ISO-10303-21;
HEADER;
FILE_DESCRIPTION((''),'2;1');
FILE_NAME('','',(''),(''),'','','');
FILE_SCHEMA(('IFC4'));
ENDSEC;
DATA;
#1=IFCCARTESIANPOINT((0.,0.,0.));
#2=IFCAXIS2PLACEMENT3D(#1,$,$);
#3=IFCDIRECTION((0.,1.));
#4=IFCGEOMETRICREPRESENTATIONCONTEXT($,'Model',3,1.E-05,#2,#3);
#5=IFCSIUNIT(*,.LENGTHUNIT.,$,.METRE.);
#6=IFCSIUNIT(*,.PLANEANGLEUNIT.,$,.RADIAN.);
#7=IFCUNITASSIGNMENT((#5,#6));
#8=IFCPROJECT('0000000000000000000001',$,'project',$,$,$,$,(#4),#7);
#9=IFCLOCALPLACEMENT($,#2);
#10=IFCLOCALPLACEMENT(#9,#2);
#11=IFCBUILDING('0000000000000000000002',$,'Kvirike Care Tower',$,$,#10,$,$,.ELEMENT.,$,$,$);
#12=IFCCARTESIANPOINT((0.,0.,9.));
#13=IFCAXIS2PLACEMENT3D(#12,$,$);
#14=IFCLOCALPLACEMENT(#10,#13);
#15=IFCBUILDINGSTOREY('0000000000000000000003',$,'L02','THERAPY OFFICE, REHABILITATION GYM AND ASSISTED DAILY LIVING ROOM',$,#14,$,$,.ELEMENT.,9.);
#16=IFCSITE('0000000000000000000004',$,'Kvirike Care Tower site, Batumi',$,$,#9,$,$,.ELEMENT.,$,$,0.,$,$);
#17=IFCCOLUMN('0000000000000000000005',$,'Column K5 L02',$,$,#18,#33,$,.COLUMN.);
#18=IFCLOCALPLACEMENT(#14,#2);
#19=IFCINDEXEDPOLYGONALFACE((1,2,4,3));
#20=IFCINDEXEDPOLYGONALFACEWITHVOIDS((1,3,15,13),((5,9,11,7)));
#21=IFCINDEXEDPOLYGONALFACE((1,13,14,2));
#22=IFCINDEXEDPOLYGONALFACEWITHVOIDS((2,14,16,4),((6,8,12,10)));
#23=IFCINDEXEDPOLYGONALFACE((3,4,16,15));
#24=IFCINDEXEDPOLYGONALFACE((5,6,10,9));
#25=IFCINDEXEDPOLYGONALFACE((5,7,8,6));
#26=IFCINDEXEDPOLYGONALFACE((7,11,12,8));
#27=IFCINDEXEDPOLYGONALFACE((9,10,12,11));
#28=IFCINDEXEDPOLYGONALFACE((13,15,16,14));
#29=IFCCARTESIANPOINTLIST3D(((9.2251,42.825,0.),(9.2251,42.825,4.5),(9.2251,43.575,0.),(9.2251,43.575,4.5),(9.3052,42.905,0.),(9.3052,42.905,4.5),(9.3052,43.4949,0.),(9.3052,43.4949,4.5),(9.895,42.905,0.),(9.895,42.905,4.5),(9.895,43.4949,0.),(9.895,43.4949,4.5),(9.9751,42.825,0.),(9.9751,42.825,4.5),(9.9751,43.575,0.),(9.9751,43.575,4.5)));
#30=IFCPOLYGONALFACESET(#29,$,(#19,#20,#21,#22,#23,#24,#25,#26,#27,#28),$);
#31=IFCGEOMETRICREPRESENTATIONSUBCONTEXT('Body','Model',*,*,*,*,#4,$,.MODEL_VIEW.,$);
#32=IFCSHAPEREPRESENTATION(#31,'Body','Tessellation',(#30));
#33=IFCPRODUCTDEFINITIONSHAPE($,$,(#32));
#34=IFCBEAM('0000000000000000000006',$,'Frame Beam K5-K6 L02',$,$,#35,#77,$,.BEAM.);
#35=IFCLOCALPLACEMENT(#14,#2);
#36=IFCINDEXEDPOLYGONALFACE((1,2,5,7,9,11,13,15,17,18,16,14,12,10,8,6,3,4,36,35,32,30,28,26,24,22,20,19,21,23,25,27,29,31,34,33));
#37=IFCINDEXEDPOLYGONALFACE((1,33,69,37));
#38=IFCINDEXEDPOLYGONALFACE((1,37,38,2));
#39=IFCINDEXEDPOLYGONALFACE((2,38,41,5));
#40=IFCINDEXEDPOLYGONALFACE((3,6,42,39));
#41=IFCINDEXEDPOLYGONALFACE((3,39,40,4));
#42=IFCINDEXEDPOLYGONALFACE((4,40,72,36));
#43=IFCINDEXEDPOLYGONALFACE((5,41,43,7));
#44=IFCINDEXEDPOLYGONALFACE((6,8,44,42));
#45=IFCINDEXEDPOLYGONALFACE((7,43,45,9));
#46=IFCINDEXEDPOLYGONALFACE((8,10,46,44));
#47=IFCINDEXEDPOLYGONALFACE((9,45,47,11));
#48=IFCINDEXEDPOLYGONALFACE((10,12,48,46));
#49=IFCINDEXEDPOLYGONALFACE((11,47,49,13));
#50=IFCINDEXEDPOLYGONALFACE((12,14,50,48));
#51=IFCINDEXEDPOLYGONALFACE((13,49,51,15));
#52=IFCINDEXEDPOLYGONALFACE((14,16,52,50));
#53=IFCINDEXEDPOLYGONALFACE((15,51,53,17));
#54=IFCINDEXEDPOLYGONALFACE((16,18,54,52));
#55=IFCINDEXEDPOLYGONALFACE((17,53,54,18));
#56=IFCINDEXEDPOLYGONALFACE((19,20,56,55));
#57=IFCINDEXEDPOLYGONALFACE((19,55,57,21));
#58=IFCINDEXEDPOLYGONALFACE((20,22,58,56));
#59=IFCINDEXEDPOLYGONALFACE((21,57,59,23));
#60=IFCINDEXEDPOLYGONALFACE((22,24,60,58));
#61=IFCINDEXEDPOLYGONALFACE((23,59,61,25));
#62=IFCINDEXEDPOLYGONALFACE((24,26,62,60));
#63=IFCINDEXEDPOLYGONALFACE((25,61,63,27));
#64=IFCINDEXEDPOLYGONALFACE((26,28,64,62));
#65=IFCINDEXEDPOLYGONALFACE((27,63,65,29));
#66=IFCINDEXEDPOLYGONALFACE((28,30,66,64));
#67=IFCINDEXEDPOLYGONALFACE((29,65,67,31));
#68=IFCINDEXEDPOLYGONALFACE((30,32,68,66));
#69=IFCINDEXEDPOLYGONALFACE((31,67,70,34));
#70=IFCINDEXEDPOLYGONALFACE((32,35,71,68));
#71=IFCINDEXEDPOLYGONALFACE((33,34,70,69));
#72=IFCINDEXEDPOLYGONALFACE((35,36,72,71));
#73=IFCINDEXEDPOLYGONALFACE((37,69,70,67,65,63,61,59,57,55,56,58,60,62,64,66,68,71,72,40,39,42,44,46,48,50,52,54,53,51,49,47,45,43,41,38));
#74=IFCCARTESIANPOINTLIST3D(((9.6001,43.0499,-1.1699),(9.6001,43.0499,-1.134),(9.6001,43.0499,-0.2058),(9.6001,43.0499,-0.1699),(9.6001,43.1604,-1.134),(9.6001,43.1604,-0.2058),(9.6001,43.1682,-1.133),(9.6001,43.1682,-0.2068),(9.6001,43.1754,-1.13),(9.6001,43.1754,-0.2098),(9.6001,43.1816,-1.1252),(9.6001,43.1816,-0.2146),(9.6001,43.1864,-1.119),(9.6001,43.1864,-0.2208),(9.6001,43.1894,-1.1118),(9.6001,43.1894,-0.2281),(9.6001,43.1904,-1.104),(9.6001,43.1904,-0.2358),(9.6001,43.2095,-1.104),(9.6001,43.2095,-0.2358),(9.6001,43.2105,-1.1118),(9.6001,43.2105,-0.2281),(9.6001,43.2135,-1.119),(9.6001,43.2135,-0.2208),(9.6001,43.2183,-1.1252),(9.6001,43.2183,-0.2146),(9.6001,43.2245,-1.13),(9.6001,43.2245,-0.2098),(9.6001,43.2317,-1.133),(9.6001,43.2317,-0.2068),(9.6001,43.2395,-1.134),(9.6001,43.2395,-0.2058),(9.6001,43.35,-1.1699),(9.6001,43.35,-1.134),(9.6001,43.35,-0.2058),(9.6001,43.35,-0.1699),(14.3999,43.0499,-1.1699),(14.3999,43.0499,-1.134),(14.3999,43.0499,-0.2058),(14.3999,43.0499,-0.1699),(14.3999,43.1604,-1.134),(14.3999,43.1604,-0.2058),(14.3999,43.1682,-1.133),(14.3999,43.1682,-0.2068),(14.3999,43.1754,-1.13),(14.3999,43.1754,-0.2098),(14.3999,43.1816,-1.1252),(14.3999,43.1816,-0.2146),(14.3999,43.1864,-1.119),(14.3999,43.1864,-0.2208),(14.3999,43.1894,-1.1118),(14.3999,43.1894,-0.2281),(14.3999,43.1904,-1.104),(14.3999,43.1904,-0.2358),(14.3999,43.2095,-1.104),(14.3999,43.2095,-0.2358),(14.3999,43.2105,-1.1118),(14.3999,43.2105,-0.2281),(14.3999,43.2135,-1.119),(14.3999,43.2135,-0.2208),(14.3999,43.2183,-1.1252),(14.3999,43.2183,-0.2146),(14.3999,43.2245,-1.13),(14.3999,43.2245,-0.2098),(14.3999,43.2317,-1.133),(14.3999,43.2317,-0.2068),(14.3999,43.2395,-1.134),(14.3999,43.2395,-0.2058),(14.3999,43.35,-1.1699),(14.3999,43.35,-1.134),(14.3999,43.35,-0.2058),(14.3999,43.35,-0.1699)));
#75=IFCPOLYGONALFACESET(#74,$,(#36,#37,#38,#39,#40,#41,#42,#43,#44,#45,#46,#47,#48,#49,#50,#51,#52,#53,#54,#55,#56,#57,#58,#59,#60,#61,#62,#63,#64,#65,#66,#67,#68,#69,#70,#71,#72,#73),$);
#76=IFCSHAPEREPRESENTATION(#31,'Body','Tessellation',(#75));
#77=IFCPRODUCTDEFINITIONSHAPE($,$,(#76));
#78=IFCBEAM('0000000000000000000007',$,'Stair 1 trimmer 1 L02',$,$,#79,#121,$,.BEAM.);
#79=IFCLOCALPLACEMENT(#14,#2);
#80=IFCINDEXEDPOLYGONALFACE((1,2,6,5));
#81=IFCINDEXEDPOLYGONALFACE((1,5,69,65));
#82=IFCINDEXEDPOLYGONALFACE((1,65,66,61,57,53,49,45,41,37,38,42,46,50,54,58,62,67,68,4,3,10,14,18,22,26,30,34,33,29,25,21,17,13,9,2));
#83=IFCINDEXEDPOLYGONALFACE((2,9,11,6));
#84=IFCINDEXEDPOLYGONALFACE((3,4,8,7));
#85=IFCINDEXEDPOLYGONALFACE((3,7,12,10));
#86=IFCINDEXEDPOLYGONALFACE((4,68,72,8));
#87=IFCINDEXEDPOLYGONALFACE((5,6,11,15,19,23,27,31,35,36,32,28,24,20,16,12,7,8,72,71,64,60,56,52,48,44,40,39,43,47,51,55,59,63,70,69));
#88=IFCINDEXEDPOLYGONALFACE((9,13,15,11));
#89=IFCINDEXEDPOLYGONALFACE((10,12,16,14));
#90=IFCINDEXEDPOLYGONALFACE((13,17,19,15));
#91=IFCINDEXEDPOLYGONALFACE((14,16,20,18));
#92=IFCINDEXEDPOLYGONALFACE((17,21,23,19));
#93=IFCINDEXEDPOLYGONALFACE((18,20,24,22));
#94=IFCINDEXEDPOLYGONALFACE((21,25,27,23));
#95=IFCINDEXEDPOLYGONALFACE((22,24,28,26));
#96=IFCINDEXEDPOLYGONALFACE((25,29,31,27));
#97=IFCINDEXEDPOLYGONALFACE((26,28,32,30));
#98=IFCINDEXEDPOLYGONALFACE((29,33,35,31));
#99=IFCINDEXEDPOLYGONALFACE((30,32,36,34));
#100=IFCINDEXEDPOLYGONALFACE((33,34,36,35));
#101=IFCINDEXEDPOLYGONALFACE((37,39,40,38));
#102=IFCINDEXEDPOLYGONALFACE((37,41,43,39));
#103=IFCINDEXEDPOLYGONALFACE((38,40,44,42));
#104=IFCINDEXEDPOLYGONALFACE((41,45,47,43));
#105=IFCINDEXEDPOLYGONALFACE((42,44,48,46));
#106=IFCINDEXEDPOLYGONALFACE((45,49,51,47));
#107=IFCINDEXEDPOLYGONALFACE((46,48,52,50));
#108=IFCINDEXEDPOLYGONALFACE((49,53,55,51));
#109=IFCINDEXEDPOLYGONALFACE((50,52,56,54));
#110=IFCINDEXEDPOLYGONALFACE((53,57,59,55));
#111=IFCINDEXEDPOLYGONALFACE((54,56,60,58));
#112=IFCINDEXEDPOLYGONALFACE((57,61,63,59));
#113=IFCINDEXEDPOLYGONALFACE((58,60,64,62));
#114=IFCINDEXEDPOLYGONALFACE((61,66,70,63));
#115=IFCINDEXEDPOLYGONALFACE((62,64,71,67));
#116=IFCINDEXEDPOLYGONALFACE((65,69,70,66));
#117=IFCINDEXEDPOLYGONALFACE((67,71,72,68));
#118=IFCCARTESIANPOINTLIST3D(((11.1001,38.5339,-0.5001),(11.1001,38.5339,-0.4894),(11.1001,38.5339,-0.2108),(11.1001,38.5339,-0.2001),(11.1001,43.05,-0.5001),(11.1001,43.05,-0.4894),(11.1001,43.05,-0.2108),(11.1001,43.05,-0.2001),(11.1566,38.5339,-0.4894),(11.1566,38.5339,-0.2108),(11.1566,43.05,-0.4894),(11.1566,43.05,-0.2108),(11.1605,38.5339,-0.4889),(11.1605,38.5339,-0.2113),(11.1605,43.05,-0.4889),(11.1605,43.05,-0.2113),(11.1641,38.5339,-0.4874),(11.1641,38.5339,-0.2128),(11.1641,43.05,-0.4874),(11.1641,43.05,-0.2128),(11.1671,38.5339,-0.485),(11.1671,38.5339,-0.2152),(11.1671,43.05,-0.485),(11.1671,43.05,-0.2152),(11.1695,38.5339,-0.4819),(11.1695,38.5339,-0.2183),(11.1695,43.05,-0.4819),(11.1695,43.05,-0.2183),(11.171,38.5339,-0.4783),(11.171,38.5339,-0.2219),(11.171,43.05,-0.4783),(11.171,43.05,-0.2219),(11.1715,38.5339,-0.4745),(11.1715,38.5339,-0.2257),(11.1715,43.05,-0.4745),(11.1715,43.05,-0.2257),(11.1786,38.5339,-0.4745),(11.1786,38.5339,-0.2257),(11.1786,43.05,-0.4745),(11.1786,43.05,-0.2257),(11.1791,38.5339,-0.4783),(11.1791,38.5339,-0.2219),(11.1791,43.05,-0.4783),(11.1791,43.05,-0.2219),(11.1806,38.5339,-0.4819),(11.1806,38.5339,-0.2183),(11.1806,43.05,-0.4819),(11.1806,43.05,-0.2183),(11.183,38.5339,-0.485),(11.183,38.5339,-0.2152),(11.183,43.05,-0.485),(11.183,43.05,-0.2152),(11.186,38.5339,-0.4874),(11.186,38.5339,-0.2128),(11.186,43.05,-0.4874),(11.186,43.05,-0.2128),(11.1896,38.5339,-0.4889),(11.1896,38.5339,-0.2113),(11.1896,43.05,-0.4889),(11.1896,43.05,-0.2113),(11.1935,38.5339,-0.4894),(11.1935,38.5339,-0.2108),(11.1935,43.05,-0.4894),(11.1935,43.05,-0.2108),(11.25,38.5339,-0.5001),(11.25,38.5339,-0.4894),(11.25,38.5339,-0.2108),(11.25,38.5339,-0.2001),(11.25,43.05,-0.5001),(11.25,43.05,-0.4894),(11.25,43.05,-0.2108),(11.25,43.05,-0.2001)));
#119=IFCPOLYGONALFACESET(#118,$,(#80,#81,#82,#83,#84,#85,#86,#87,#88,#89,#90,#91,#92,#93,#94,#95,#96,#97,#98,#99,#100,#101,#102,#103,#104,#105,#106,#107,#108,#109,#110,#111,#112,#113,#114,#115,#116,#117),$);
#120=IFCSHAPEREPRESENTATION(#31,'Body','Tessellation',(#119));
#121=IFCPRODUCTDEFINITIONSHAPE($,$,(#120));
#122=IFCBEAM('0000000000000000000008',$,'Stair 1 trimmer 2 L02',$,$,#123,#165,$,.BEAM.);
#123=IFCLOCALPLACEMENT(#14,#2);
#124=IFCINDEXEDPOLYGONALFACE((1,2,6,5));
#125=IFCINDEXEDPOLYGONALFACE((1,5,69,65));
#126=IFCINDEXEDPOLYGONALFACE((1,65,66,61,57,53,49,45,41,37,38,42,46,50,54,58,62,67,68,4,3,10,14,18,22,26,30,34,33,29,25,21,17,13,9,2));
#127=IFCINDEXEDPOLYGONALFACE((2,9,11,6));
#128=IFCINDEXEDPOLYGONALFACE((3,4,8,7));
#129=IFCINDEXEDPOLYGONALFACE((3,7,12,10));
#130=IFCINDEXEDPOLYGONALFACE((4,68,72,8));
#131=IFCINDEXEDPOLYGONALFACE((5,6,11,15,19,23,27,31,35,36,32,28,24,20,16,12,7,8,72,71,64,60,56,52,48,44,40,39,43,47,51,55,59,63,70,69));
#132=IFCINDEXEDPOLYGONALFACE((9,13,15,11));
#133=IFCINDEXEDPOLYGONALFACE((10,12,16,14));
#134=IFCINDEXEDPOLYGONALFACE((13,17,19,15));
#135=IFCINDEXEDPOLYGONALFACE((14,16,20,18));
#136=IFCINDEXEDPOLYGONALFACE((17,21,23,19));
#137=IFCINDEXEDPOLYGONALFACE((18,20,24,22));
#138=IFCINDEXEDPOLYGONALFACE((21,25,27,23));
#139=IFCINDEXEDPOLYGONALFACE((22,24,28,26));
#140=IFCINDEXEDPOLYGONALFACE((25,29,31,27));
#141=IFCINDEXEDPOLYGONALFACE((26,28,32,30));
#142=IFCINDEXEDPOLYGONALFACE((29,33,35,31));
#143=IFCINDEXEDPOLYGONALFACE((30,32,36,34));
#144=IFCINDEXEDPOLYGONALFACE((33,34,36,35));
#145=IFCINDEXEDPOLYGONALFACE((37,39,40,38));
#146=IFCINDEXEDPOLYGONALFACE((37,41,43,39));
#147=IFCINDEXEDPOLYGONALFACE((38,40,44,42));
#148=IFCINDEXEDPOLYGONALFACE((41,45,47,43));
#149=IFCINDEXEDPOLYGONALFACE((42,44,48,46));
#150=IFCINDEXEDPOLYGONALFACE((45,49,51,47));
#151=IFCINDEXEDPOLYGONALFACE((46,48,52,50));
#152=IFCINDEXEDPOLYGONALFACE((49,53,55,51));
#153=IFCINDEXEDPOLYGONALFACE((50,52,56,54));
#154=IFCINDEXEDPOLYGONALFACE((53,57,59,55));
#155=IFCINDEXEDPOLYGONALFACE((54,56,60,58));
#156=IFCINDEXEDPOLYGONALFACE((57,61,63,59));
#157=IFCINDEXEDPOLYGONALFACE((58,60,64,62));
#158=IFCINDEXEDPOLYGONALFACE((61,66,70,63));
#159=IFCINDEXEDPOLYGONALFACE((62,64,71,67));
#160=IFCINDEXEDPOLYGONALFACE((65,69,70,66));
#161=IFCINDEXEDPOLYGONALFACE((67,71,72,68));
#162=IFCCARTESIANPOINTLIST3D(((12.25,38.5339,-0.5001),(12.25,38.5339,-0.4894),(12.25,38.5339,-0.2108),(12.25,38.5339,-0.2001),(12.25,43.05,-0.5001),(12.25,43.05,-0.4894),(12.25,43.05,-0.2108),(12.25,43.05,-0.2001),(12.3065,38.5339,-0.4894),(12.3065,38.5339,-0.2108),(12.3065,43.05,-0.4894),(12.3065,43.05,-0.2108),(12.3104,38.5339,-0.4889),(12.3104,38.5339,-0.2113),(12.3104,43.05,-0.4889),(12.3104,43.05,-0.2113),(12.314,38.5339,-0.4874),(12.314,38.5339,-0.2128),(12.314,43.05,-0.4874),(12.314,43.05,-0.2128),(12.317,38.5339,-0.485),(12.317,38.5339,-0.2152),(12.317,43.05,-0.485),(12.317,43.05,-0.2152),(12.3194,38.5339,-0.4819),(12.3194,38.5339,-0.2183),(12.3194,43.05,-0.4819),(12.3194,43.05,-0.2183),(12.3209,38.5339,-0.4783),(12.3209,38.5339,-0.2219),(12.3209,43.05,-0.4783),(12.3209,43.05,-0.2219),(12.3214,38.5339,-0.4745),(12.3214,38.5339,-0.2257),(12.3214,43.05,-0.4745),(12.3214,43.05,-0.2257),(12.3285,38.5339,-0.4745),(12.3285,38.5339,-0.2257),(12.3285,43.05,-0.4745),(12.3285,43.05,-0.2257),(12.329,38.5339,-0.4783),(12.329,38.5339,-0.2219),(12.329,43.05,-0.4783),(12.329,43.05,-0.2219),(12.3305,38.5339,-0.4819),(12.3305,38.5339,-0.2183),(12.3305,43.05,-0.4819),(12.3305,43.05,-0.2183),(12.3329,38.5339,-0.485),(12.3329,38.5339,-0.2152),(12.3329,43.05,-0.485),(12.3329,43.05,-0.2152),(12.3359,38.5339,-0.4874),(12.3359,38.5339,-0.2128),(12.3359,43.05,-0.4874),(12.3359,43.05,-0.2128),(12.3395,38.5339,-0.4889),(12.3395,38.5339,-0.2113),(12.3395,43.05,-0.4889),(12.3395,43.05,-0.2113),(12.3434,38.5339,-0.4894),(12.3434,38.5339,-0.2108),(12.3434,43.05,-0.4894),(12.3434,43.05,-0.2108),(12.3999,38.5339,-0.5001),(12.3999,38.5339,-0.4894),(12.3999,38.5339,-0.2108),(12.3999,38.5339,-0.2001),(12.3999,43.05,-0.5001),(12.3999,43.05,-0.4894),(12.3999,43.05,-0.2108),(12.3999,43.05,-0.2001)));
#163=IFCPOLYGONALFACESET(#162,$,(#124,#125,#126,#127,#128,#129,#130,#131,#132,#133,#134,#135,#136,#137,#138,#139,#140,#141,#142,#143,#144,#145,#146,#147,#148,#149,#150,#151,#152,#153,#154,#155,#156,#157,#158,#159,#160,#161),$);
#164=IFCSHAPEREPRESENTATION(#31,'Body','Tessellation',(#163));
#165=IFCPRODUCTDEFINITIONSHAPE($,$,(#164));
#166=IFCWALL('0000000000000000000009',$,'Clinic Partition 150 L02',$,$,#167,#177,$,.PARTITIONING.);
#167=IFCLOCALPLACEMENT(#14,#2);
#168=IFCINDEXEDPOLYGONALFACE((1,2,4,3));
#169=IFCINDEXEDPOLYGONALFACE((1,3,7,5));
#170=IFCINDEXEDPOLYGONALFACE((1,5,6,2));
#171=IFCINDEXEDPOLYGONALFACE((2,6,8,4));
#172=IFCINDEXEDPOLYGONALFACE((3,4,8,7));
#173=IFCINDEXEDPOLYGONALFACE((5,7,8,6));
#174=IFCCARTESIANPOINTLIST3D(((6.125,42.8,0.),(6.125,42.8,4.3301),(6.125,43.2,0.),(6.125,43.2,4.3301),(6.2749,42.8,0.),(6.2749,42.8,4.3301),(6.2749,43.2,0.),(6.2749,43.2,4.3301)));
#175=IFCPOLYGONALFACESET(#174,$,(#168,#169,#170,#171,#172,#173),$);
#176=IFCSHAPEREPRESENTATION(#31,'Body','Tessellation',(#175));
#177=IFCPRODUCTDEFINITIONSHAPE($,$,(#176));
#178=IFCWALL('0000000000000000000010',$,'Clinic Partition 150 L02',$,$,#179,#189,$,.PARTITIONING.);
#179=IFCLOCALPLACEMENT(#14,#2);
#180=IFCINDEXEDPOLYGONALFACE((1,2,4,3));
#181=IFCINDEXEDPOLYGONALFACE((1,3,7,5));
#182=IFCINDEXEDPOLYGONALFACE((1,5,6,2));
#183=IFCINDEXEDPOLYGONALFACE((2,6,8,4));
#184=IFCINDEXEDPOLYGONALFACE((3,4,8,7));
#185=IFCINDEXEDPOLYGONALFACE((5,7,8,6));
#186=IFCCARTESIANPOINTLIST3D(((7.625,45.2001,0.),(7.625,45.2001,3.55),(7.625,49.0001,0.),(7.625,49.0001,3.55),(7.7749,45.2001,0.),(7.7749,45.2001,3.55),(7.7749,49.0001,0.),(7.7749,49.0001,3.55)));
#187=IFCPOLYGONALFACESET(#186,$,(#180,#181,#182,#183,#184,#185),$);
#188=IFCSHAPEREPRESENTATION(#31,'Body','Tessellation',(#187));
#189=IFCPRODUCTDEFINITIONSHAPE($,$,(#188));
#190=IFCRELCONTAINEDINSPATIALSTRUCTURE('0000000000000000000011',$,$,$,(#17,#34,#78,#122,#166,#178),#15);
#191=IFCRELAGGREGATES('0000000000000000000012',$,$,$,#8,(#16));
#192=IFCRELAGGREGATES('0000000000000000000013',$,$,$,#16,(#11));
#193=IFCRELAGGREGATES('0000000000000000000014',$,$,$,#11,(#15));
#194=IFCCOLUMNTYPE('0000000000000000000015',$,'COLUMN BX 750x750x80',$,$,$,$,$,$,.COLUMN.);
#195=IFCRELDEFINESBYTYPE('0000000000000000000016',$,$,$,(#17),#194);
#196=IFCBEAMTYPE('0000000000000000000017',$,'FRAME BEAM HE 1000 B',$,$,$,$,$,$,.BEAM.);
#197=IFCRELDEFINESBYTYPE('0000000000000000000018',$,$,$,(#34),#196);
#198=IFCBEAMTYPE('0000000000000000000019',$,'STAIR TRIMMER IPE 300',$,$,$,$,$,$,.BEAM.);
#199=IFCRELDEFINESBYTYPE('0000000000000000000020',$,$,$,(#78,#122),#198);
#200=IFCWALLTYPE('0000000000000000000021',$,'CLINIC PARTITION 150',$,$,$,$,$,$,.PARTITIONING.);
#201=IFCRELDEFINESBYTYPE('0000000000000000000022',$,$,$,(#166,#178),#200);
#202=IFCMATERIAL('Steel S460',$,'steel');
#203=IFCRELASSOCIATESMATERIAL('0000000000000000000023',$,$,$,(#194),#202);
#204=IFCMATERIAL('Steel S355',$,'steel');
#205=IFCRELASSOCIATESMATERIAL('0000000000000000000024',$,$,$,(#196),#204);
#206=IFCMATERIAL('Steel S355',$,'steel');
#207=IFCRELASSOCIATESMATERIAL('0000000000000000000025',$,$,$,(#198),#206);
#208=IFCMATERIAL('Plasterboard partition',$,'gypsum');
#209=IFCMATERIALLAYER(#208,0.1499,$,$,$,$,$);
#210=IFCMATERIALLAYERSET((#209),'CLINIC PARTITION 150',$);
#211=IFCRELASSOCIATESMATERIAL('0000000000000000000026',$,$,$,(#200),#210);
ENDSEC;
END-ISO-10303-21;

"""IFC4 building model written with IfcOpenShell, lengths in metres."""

from ifc_helpers import new_model, si_unit, direction, frame, frame_2d, origin, origin_2d, place, context, subcontext, project, spatial, rectangle, hollow_rectangle, i_section, extrude, material, layer, layer_set, material_profile, profile_set, type_object, element, save


model = new_model("IFC4")

# Units and contexts
model_context = context("Model", 3, precision=1e-05, world=origin(), true_north=direction((0.0, 1.0)))
body_context = subcontext(model_context, "Body", "Model", "MODEL_VIEW")
ifc_project = project(units=[si_unit("LENGTHUNIT", "METRE"), si_unit("PLANEANGLEUNIT", "RADIAN")], contexts=[model_context])

# Site, building, storey
site_placement = place(None, origin())
site = spatial("IfcSite", under=ifc_project, at=site_placement, Name="Kvirike Care Tower site, Batumi", CompositionType="ELEMENT", RefElevation=0.0)
building_placement = place(site_placement, origin())
building = spatial("IfcBuilding", under=site, at=building_placement, Name="Kvirike Care Tower", CompositionType="ELEMENT")
storey_placement = place(building_placement, frame((0.0, 0.0, 9.0)))
storey = spatial("IfcBuildingStorey", under=building, at=storey_placement, Name="L02", Description="THERAPY OFFICE, REHABILITATION GYM AND ASSISTED DAILY LIVING ROOM", CompositionType="ELEMENT", Elevation=9.0)

# Column
ifc_material_1 = material(Name="Steel S460", Category="steel")
ifc_material_profile_1 = material_profile(ifc_material_1, hollow_rectangle(XDim=0.75, YDim=0.75, WallThickness=0.0801, at=origin_2d()), Name="BX 750x750x80")
ifc_profile_set_1 = profile_set([ifc_material_profile_1], Name="Steel S460")
column_type = type_object("IfcColumnType", Name="COLUMN BX 750x750x80", PredefinedType="COLUMN", material=ifc_profile_set_1)
column_placement = place(storey_placement, frame((9.6001, 43.2, 0.0), z_axis=(0.0, 0.0, 1.0), x_axis=(0.0, 1.0, 0.0)))
element("IfcColumn", 1, at=column_placement, inside=storey, type_object=column_type, Name="Column K5 L02", PredefinedType="COLUMN", context=body_context, shape_type="SweptSolid", body=[
    extrude(hollow_rectangle(XDim=0.75, YDim=0.75, WallThickness=0.0801, at=origin_2d()), origin(), (0.0, 0.0, 1.0), 4.5),
])

# Beams
ifc_material_2 = material(Name="Steel S355", Category="steel")
ifc_material_profile_2 = material_profile(ifc_material_2, i_section(OverallWidth=0.3, OverallDepth=1.0, WebThickness=0.019, FlangeThickness=0.0359, FilletRadius=0.03, at=origin_2d()), Name="HE 1000 B")
ifc_profile_set_2 = profile_set([ifc_material_profile_2], Name="Steel S355")
beam_type_1 = type_object("IfcBeamType", Name="FRAME BEAM HE 1000 B", PredefinedType="BEAM", material=ifc_profile_set_2)
beam_placement = place(storey_placement, frame((9.6001, 43.2, -0.6699), z_axis=(1.0, 0.0, 0.0), x_axis=(0.0, 1.0, 0.0)))
element("IfcBeam", 2, at=beam_placement, inside=storey, type_object=beam_type_1, Name="Frame Beam K5-K6 L02", PredefinedType="BEAM", context=body_context, shape_type="SweptSolid", body=[
    extrude(i_section(OverallWidth=0.3, OverallDepth=1.0, WebThickness=0.019, FlangeThickness=0.0359, FilletRadius=0.03, at=origin_2d()), origin(), (0.0, 0.0, 1.0), 4.7998),
])
ifc_material_3 = material(Name="Steel S355", Category="steel")
ifc_material_profile_3 = material_profile(ifc_material_3, i_section(OverallWidth=0.1499, OverallDepth=0.3, WebThickness=0.0071, FlangeThickness=0.0107, FilletRadius=0.0149, at=origin_2d()), Name="IPE 300")
ifc_profile_set_3 = profile_set([ifc_material_profile_3], Name="Steel S355")
beam_type_2 = type_object("IfcBeamType", Name="STAIR TRIMMER IPE 300", PredefinedType="BEAM", material=ifc_profile_set_3)
for number, where, z_axis, x_axis, name in (
    (3, (11.175, 43.05, -0.3501), (0.0, -1.0, 0.0), (1.0, 0.0, 0.0), "Stair 1 trimmer 1 L02"),
    (4, (12.325, 43.05, -0.3501), (0.0, -1.0, 0.0), (1.0, 0.0, 0.0), "Stair 1 trimmer 2 L02"),
):
    element("IfcBeam", number, at=place(storey_placement, frame(where, z_axis=z_axis, x_axis=x_axis)), inside=storey, type_object=beam_type_2, Name=name, PredefinedType="BEAM", context=body_context, shape_type="SweptSolid", body=[
        extrude(i_section(OverallWidth=0.1499, OverallDepth=0.3, WebThickness=0.0071, FlangeThickness=0.0107, FilletRadius=0.0149, at=origin_2d()), origin(), (0.0, 0.0, 1.0), 4.5161),
    ])

# Walls
ifc_material_4 = material(Name="Plasterboard partition", Category="gypsum")
ifc_layer_1 = layer(ifc_material_4, 0.1499)
ifc_layer_set_1 = layer_set([ifc_layer_1], Name="CLINIC PARTITION 150")
wall_type_1 = type_object("IfcWallType", Name="CLINIC PARTITION 150", PredefinedType="PARTITIONING", material=ifc_layer_set_1)
wall_1_placement = place(storey_placement, frame((6.2, 43.2, 0.0), z_axis=(0.0, 0.0, 1.0), x_axis=(0.0, -1.0, 0.0)))
element("IfcWall", 5, at=wall_1_placement, inside=storey, type_object=wall_type_1, Name="Clinic Partition 150 L02", PredefinedType="PARTITIONING", context=body_context, shape_type="SweptSolid", body=[
    extrude(rectangle(XDim=0.3999, YDim=0.1499, at=frame_2d((0.2, 0.0))), origin(), (0.0, 0.0, 1.0), 4.3301),
])
wall_2_placement = place(storey_placement, frame((7.7, 49.0, 0.0), z_axis=(0.0, 0.0, 1.0), x_axis=(0.0, -1.0, 0.0)))
element("IfcWall", 6, at=wall_2_placement, inside=storey, type_object=wall_type_1, Name="Clinic Partition 150 L02", PredefinedType="PARTITIONING", context=body_context, shape_type="SweptSolid", body=[
    extrude(rectangle(XDim=3.8, YDim=0.1499, at=frame_2d((1.8999, 0.0))), origin(), (0.0, 0.0, 1.0), 3.55),
])

save(model, "model.ifc")
